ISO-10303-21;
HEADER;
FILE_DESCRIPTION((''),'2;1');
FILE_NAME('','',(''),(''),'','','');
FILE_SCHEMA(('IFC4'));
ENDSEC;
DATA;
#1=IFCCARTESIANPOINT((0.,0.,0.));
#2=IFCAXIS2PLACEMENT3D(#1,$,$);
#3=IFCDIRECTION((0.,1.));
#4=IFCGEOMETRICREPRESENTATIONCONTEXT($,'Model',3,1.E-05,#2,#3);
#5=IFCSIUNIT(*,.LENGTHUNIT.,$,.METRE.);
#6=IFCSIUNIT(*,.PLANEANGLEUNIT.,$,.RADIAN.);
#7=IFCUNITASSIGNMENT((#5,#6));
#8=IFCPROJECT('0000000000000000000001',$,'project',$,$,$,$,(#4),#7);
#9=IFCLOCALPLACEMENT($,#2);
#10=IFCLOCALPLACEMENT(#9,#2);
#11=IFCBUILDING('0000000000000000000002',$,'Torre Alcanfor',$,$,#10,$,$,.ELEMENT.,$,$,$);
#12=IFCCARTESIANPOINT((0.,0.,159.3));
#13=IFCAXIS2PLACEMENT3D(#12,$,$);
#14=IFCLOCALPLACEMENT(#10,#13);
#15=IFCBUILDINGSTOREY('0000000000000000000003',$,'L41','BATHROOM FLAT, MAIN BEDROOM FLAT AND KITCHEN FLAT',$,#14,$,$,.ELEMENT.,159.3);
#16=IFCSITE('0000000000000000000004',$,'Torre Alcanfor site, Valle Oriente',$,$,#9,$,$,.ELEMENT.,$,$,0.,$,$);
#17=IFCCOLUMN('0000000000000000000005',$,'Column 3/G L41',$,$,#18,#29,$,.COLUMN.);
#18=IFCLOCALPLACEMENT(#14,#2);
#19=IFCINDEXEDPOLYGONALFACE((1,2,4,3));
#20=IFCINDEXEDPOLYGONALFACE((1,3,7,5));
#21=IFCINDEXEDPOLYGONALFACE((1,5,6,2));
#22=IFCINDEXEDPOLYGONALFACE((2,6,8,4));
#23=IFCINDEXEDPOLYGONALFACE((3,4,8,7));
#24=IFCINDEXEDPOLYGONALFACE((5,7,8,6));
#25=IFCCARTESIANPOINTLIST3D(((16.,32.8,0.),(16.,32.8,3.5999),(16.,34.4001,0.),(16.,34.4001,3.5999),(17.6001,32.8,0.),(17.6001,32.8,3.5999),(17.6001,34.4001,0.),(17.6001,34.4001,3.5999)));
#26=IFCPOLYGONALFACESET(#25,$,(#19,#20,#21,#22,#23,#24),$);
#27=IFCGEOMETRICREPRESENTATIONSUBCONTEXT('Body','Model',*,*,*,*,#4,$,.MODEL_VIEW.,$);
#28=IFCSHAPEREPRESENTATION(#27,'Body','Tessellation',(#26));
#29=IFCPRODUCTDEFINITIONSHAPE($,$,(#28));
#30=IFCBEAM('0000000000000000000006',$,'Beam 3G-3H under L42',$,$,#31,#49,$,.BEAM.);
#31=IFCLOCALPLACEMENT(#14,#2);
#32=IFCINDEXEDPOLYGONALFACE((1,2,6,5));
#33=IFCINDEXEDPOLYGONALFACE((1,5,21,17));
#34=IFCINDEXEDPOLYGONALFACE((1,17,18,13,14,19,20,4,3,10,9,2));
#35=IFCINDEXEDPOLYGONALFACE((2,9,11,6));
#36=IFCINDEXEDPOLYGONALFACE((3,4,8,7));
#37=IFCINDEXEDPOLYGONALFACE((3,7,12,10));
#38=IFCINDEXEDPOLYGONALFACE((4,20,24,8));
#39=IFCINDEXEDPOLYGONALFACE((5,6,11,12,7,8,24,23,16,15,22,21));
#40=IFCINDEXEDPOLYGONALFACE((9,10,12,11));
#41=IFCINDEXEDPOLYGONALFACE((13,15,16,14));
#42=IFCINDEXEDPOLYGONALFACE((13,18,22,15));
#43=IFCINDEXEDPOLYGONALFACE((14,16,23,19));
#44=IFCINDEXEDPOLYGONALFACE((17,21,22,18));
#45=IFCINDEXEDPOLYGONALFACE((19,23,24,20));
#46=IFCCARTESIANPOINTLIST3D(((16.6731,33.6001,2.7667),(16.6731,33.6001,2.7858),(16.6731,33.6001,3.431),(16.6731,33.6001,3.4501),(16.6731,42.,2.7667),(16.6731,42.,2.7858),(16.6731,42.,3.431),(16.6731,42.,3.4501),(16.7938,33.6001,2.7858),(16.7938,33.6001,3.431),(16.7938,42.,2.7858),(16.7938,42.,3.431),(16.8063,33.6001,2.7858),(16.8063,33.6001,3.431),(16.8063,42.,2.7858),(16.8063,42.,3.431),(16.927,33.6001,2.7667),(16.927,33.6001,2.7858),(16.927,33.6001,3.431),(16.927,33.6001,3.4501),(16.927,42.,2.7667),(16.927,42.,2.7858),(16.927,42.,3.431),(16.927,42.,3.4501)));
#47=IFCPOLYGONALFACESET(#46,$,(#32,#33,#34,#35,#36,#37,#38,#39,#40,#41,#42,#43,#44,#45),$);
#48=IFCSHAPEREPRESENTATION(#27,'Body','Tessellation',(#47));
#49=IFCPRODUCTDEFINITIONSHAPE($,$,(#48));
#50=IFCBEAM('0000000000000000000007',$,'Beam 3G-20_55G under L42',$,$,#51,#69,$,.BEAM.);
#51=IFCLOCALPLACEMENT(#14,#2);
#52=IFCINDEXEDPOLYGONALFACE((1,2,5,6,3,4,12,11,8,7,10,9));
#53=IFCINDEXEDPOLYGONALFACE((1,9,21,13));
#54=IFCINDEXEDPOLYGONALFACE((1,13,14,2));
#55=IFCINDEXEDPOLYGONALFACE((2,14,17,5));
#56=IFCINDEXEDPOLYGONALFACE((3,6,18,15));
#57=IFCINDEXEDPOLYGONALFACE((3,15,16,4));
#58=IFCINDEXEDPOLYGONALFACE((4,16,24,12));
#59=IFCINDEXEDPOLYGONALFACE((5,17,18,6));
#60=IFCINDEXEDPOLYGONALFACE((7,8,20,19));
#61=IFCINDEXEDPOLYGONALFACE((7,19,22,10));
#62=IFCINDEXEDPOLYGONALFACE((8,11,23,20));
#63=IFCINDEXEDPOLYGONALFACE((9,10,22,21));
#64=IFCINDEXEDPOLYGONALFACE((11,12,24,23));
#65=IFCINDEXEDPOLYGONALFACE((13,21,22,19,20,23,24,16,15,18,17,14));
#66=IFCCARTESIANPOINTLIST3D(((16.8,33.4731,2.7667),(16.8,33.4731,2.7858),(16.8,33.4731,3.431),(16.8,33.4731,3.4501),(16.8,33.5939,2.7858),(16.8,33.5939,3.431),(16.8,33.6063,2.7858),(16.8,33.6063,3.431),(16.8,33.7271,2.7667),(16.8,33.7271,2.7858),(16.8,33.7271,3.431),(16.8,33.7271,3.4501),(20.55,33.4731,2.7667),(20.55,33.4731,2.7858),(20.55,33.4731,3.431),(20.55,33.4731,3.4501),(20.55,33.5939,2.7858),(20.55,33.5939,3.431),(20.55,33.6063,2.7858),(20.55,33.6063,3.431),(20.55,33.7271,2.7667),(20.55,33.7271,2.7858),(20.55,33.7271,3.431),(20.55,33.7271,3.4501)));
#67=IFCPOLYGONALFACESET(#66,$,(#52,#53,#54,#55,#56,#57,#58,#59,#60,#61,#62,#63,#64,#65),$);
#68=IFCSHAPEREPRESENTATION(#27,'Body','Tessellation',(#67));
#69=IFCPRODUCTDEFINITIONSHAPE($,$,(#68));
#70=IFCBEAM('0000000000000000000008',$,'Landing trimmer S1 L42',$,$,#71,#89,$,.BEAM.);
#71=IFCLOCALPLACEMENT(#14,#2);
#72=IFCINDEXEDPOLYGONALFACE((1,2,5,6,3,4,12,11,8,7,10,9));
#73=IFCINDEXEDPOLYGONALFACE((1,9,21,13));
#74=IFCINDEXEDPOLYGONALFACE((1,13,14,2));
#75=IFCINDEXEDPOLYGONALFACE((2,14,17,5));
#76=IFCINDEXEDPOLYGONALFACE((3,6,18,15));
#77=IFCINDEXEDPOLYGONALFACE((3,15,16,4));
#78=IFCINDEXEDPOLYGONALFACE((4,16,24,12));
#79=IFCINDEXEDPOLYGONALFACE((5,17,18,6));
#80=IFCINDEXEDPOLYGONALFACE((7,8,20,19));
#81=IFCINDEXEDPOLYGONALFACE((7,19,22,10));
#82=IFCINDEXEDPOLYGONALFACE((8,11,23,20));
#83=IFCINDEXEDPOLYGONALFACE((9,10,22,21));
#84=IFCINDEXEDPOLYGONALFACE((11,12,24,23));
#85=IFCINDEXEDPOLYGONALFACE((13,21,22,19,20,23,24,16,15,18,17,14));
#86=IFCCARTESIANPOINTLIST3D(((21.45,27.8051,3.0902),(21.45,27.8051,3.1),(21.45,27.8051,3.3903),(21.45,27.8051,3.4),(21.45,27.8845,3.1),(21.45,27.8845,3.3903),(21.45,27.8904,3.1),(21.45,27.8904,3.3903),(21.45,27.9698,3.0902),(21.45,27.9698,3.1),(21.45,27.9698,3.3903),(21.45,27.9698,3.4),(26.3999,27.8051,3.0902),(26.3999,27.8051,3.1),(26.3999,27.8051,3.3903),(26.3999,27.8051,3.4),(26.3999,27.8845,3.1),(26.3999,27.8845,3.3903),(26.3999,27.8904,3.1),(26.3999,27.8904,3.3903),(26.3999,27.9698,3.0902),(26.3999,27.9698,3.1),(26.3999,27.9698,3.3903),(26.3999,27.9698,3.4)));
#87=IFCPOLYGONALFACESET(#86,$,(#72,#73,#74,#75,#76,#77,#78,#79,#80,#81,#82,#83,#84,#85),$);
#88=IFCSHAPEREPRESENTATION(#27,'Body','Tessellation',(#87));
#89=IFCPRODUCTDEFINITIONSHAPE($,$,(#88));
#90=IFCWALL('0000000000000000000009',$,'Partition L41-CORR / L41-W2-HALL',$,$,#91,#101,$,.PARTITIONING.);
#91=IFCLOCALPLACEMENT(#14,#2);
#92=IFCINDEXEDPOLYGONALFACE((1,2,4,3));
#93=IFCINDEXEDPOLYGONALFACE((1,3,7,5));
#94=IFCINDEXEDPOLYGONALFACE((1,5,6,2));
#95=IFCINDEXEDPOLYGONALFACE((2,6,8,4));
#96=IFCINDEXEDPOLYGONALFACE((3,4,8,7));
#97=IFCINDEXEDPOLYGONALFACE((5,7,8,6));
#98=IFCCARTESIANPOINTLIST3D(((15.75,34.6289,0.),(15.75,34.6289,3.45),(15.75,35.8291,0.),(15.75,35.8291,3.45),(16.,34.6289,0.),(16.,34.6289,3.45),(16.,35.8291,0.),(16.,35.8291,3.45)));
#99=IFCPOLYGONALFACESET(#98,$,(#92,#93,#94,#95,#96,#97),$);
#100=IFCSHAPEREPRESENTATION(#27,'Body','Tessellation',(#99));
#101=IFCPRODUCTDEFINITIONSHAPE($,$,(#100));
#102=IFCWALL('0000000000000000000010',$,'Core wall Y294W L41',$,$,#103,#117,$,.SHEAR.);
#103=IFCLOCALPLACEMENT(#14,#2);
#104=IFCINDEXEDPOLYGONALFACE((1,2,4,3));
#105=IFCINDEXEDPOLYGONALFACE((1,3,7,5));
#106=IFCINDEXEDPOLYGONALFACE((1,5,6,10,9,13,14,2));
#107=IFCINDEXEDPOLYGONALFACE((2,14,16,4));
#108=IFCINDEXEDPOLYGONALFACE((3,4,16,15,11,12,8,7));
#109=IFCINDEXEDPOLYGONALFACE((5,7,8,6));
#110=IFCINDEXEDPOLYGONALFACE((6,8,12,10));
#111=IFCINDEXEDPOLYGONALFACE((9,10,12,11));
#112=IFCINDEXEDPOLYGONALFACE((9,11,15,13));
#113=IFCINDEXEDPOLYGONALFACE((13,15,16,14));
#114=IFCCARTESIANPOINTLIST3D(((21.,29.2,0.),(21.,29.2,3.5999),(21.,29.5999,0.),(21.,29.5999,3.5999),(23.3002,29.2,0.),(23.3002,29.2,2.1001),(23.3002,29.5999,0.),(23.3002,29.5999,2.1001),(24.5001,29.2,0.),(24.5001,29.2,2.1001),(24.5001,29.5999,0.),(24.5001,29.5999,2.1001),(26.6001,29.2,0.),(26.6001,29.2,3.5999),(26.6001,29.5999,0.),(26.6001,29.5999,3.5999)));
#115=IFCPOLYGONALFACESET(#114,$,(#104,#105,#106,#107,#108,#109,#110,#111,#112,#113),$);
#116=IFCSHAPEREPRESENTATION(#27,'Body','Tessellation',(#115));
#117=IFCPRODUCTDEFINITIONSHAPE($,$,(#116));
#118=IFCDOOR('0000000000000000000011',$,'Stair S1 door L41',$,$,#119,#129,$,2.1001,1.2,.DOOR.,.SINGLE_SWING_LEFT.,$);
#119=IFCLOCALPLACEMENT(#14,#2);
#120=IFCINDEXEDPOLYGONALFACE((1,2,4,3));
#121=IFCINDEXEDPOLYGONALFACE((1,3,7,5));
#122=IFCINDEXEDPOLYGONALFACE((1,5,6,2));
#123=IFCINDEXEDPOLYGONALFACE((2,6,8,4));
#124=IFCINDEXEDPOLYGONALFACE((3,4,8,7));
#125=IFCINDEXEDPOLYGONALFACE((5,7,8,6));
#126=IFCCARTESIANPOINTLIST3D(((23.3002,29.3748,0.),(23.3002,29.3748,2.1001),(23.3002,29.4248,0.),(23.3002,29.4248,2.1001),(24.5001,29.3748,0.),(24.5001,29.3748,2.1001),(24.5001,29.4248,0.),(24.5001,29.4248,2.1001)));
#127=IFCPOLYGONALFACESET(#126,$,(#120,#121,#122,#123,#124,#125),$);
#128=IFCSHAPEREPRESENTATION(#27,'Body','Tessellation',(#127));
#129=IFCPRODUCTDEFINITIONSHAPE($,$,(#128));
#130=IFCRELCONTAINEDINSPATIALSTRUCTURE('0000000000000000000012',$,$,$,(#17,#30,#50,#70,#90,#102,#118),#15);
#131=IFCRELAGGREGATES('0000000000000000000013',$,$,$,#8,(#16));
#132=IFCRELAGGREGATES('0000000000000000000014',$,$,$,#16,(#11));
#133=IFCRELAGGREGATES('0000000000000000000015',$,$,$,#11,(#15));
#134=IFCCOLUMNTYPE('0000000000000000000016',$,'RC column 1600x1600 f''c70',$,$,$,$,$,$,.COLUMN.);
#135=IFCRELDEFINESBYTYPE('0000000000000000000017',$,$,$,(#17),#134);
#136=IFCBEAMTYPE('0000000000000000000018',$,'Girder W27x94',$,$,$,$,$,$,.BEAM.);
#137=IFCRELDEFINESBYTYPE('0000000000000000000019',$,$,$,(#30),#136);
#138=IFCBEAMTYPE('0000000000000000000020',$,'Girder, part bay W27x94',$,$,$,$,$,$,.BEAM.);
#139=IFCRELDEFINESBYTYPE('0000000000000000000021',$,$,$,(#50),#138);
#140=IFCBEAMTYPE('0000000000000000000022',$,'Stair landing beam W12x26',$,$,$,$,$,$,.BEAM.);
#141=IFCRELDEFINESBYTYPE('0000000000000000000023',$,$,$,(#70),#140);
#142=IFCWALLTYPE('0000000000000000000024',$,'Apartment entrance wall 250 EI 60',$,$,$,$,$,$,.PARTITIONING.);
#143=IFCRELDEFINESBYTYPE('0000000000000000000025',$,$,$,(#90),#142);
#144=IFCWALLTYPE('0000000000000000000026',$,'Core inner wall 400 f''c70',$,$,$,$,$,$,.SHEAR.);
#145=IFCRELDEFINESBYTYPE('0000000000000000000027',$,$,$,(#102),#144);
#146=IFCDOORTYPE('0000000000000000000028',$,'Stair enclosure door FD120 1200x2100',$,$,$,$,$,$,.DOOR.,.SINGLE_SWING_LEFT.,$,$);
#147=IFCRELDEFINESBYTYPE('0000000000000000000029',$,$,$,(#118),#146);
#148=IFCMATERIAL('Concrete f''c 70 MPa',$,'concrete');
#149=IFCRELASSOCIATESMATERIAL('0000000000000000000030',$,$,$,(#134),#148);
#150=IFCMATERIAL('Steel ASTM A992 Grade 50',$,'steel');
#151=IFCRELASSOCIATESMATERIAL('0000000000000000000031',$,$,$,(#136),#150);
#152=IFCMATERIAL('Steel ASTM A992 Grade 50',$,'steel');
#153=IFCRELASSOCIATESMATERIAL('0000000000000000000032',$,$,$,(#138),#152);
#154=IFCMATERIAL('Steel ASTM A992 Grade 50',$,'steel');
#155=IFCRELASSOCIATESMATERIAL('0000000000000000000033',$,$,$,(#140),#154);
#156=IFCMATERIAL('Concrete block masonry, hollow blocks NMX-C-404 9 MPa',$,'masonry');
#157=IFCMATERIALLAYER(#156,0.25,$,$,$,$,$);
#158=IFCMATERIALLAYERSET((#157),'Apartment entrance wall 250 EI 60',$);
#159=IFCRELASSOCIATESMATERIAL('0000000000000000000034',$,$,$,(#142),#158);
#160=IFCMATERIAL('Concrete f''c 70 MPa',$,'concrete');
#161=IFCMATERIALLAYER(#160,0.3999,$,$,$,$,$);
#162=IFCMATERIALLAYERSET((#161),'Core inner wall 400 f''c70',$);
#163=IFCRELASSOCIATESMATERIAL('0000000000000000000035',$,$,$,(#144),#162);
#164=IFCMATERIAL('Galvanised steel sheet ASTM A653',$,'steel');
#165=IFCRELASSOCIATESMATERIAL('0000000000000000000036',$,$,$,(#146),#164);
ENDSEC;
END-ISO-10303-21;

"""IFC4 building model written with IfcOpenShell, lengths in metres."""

from ifc_helpers import new_model, si_unit, direction, frame, frame_2d, origin, origin_2d, place, context, subcontext, project, spatial, rectangle, i_section, extrude, material, layer, layer_set, material_profile, profile_set, type_object, element, fill, save


model = new_model("IFC4")

# Units and contexts
model_context = context("Model", 3, precision=1e-05, world=origin(), true_north=direction((0.0, 1.0)))
body_context = subcontext(model_context, "Body", "Model", "MODEL_VIEW")
ifc_project = project(units=[si_unit("LENGTHUNIT", "METRE"), si_unit("PLANEANGLEUNIT", "RADIAN")], contexts=[model_context])

# Site, building, storey
site_placement = place(None, origin())
site = spatial("IfcSite", under=ifc_project, at=site_placement, Name="Torre Alcanfor site, Valle Oriente", CompositionType="ELEMENT", RefElevation=0.0)
building_placement = place(site_placement, origin())
building = spatial("IfcBuilding", under=site, at=building_placement, Name="Torre Alcanfor", CompositionType="ELEMENT")
storey_placement = place(building_placement, frame((0.0, 0.0, 159.3)))
storey = spatial("IfcBuildingStorey", under=building, at=storey_placement, Name="L41", Description="BATHROOM FLAT, MAIN BEDROOM FLAT AND KITCHEN FLAT", CompositionType="ELEMENT", Elevation=159.3)

# Column
ifc_material_1 = material(Name="Concrete f'c 70 MPa", Category="concrete")
ifc_material_profile_1 = material_profile(ifc_material_1, rectangle(XDim=1.6001, YDim=1.6001, at=origin_2d()), Name="1600x1600")
ifc_profile_set_1 = profile_set([ifc_material_profile_1], Name="Concrete f'c 70 MPa")
column_type = type_object("IfcColumnType", Name="RC column 1600x1600 f'c70", PredefinedType="COLUMN", material=ifc_profile_set_1)
column_placement = place(storey_placement, frame((16.8, 33.6001, 0.0), z_axis=(0.0, 0.0, 1.0), x_axis=(1.0, 0.0, 0.0)))
element("IfcColumn", 1, at=column_placement, inside=storey, type_object=column_type, Name="Column 3/G L41", PredefinedType="COLUMN", context=body_context, shape_type="SweptSolid", body=[
    extrude(rectangle(XDim=1.6001, YDim=1.6001, at=origin_2d()), origin(), (0.0, 0.0, 1.0), 3.5999),
])

# Beams
ifc_material_2 = material(Name="Steel ASTM A992 Grade 50", Category="steel")
ifc_material_profile_2 = material_profile(ifc_material_2, i_section(OverallWidth=0.2539, OverallDepth=0.6833, WebThickness=0.0125, FlangeThickness=0.019, at=origin_2d()), Name="W27x94")
ifc_profile_set_2 = profile_set([ifc_material_profile_2], Name="Steel ASTM A992 Grade 50")
beam_type_1 = type_object("IfcBeamType", Name="Girder W27x94", PredefinedType="BEAM", material=ifc_profile_set_2)
beam_1_placement = place(storey_placement, frame((16.8, 33.6001, 3.1084), z_axis=(0.0, 1.0, 0.0), x_axis=(-1.0, 0.0, 0.0)))
element("IfcBeam", 2, at=beam_1_placement, inside=storey, type_object=beam_type_1, Name="Beam 3G-3H under L42", PredefinedType="BEAM", context=body_context, shape_type="SweptSolid", body=[
    extrude(i_section(OverallWidth=0.2539, OverallDepth=0.6833, WebThickness=0.0125, FlangeThickness=0.019, at=origin_2d()), origin(), (0.0, 0.0, 1.0), 8.3999),
])
ifc_material_3 = material(Name="Steel ASTM A992 Grade 50", Category="steel")
ifc_material_profile_3 = material_profile(ifc_material_3, i_section(OverallWidth=0.2539, OverallDepth=0.6833, WebThickness=0.0125, FlangeThickness=0.019, at=origin_2d()), Name="W27x94")
ifc_profile_set_3 = profile_set([ifc_material_profile_3], Name="Steel ASTM A992 Grade 50")
beam_type_2 = type_object("IfcBeamType", Name="Girder, part bay W27x94", PredefinedType="BEAM", material=ifc_profile_set_3)
beam_2_placement = place(storey_placement, frame((16.8, 33.6001, 3.1084), z_axis=(1.0, 0.0, 0.0), x_axis=(0.0, 1.0, 0.0)))
element("IfcBeam", 3, at=beam_2_placement, inside=storey, type_object=beam_type_2, Name="Beam 3G-20_55G under L42", PredefinedType="BEAM", context=body_context, shape_type="SweptSolid", body=[
    extrude(i_section(OverallWidth=0.2539, OverallDepth=0.6833, WebThickness=0.0125, FlangeThickness=0.019, at=origin_2d()), origin(), (0.0, 0.0, 1.0), 3.75),
])
ifc_material_4 = material(Name="Steel ASTM A992 Grade 50", Category="steel")
ifc_material_profile_4 = material_profile(ifc_material_4, i_section(OverallWidth=0.1648, OverallDepth=0.3098, WebThickness=0.0059, FlangeThickness=0.0098, at=origin_2d()), Name="W12x26")
ifc_profile_set_4 = profile_set([ifc_material_profile_4], Name="Steel ASTM A992 Grade 50")
beam_type_3 = type_object("IfcBeamType", Name="Stair landing beam W12x26", PredefinedType="BEAM", material=ifc_profile_set_4)
beam_3_placement = place(storey_placement, frame((21.45, 27.8875, 3.2451), z_axis=(1.0, 0.0, 0.0), x_axis=(0.0, 1.0, 0.0)))
element("IfcBeam", 4, at=beam_3_placement, inside=storey, type_object=beam_type_3, Name="Landing trimmer S1 L42", PredefinedType="BEAM", context=body_context, shape_type="SweptSolid", body=[
    extrude(i_section(OverallWidth=0.1648, OverallDepth=0.3098, WebThickness=0.0059, FlangeThickness=0.0098, at=origin_2d()), origin(), (0.0, 0.0, 1.0), 4.95),
])

# Wall
ifc_material_5 = material(Name="Concrete block masonry, hollow blocks NMX-C-404 9 MPa", Category="masonry")
ifc_layer_1 = layer(ifc_material_5, 0.25)
ifc_layer_set_1 = layer_set([ifc_layer_1], Name="Apartment entrance wall 250 EI 60")
wall_type_1 = type_object("IfcWallType", Name="Apartment entrance wall 250 EI 60", PredefinedType="PARTITIONING", material=ifc_layer_set_1)
wall_1_placement = place(storey_placement, frame((15.875, 34.6289, 0.0), z_axis=(0.0, 0.0, 1.0), x_axis=(0.0, 1.0, 0.0)))
element("IfcWall", 5, at=wall_1_placement, inside=storey, type_object=wall_type_1, Name="Partition L41-CORR / L41-W2-HALL", PredefinedType="PARTITIONING", context=body_context, shape_type="SweptSolid", body=[
    extrude(rectangle(XDim=1.2002, YDim=0.25, at=frame_2d((0.6001, 0.0))), origin(), (0.0, 0.0, 1.0), 3.45),
])

# Wall, opening, door
ifc_material_6 = material(Name="Concrete f'c 70 MPa", Category="concrete")
ifc_layer_2 = layer(ifc_material_6, 0.3999)
ifc_layer_set_2 = layer_set([ifc_layer_2], Name="Core inner wall 400 f'c70")
wall_type_2 = type_object("IfcWallType", Name="Core inner wall 400 f'c70", PredefinedType="SHEAR", material=ifc_layer_set_2)
wall_2_placement = place(storey_placement, frame((21.0, 29.3999, 0.0), z_axis=(0.0, 0.0, 1.0), x_axis=(1.0, 0.0, 0.0)))
wall_2 = element("IfcWall", 6, at=wall_2_placement, inside=storey, type_object=wall_type_2, Name="Core wall Y294W L41", PredefinedType="SHEAR", context=body_context, shape_type="SweptSolid", body=[
    extrude(rectangle(XDim=5.6001, YDim=0.3999, at=frame_2d((2.8, 0.0))), origin(), (0.0, 0.0, 1.0), 3.5999),
])
opening_1_placement = place(wall_2_placement, frame((2.3, 0.0, 0.0)))
opening_1 = element("IfcOpeningElement", 7, at=opening_1_placement, cuts=wall_2, PredefinedType="OPENING", context=body_context, shape_type="SweptSolid", body=[
    extrude(rectangle(XDim=1.2, YDim=2.1001, at=frame_2d((0.6001, 1.05))), frame((0.0, 0.21, 0.0), z_axis=(0.0, -1.0, 0.0), x_axis=(1.0, 0.0, 0.0)), (0.0, 0.0, 1.0), 0.4199),
])
ifc_material_7 = material(Name="Galvanised steel sheet ASTM A653", Category="steel")
door_type_1 = type_object("IfcDoorType", Name="Stair enclosure door FD120 1200x2100", OperationType="SINGLE_SWING_LEFT", PredefinedType="DOOR", material=ifc_material_7)
door_1_placement = place(opening_1_placement, frame((1.2, 0.0, 0.0), z_axis=(0.0, 0.0, 1.0), x_axis=(-1.0, 0.0, 0.0)))
door_1 = element("IfcDoor", 8, at=door_1_placement, inside=storey, type_object=door_type_1, Name="Stair S1 door L41", OperationType="SINGLE_SWING_LEFT", OverallHeight=2.1001, OverallWidth=1.2, PredefinedType="DOOR", context=body_context, shape_type="SweptSolid", body=[
    extrude(rectangle(XDim=1.2, YDim=2.1001, at=frame_2d((0.5999, 1.05))), frame((0.0, 0.0251, 0.0), z_axis=(0.0, -1.0, 0.0), x_axis=(1.0, 0.0, 0.0)), (0.0, 0.0, 1.0), 0.05),
])
fill(opening_1, door_1)

save(model, "model.ifc")
